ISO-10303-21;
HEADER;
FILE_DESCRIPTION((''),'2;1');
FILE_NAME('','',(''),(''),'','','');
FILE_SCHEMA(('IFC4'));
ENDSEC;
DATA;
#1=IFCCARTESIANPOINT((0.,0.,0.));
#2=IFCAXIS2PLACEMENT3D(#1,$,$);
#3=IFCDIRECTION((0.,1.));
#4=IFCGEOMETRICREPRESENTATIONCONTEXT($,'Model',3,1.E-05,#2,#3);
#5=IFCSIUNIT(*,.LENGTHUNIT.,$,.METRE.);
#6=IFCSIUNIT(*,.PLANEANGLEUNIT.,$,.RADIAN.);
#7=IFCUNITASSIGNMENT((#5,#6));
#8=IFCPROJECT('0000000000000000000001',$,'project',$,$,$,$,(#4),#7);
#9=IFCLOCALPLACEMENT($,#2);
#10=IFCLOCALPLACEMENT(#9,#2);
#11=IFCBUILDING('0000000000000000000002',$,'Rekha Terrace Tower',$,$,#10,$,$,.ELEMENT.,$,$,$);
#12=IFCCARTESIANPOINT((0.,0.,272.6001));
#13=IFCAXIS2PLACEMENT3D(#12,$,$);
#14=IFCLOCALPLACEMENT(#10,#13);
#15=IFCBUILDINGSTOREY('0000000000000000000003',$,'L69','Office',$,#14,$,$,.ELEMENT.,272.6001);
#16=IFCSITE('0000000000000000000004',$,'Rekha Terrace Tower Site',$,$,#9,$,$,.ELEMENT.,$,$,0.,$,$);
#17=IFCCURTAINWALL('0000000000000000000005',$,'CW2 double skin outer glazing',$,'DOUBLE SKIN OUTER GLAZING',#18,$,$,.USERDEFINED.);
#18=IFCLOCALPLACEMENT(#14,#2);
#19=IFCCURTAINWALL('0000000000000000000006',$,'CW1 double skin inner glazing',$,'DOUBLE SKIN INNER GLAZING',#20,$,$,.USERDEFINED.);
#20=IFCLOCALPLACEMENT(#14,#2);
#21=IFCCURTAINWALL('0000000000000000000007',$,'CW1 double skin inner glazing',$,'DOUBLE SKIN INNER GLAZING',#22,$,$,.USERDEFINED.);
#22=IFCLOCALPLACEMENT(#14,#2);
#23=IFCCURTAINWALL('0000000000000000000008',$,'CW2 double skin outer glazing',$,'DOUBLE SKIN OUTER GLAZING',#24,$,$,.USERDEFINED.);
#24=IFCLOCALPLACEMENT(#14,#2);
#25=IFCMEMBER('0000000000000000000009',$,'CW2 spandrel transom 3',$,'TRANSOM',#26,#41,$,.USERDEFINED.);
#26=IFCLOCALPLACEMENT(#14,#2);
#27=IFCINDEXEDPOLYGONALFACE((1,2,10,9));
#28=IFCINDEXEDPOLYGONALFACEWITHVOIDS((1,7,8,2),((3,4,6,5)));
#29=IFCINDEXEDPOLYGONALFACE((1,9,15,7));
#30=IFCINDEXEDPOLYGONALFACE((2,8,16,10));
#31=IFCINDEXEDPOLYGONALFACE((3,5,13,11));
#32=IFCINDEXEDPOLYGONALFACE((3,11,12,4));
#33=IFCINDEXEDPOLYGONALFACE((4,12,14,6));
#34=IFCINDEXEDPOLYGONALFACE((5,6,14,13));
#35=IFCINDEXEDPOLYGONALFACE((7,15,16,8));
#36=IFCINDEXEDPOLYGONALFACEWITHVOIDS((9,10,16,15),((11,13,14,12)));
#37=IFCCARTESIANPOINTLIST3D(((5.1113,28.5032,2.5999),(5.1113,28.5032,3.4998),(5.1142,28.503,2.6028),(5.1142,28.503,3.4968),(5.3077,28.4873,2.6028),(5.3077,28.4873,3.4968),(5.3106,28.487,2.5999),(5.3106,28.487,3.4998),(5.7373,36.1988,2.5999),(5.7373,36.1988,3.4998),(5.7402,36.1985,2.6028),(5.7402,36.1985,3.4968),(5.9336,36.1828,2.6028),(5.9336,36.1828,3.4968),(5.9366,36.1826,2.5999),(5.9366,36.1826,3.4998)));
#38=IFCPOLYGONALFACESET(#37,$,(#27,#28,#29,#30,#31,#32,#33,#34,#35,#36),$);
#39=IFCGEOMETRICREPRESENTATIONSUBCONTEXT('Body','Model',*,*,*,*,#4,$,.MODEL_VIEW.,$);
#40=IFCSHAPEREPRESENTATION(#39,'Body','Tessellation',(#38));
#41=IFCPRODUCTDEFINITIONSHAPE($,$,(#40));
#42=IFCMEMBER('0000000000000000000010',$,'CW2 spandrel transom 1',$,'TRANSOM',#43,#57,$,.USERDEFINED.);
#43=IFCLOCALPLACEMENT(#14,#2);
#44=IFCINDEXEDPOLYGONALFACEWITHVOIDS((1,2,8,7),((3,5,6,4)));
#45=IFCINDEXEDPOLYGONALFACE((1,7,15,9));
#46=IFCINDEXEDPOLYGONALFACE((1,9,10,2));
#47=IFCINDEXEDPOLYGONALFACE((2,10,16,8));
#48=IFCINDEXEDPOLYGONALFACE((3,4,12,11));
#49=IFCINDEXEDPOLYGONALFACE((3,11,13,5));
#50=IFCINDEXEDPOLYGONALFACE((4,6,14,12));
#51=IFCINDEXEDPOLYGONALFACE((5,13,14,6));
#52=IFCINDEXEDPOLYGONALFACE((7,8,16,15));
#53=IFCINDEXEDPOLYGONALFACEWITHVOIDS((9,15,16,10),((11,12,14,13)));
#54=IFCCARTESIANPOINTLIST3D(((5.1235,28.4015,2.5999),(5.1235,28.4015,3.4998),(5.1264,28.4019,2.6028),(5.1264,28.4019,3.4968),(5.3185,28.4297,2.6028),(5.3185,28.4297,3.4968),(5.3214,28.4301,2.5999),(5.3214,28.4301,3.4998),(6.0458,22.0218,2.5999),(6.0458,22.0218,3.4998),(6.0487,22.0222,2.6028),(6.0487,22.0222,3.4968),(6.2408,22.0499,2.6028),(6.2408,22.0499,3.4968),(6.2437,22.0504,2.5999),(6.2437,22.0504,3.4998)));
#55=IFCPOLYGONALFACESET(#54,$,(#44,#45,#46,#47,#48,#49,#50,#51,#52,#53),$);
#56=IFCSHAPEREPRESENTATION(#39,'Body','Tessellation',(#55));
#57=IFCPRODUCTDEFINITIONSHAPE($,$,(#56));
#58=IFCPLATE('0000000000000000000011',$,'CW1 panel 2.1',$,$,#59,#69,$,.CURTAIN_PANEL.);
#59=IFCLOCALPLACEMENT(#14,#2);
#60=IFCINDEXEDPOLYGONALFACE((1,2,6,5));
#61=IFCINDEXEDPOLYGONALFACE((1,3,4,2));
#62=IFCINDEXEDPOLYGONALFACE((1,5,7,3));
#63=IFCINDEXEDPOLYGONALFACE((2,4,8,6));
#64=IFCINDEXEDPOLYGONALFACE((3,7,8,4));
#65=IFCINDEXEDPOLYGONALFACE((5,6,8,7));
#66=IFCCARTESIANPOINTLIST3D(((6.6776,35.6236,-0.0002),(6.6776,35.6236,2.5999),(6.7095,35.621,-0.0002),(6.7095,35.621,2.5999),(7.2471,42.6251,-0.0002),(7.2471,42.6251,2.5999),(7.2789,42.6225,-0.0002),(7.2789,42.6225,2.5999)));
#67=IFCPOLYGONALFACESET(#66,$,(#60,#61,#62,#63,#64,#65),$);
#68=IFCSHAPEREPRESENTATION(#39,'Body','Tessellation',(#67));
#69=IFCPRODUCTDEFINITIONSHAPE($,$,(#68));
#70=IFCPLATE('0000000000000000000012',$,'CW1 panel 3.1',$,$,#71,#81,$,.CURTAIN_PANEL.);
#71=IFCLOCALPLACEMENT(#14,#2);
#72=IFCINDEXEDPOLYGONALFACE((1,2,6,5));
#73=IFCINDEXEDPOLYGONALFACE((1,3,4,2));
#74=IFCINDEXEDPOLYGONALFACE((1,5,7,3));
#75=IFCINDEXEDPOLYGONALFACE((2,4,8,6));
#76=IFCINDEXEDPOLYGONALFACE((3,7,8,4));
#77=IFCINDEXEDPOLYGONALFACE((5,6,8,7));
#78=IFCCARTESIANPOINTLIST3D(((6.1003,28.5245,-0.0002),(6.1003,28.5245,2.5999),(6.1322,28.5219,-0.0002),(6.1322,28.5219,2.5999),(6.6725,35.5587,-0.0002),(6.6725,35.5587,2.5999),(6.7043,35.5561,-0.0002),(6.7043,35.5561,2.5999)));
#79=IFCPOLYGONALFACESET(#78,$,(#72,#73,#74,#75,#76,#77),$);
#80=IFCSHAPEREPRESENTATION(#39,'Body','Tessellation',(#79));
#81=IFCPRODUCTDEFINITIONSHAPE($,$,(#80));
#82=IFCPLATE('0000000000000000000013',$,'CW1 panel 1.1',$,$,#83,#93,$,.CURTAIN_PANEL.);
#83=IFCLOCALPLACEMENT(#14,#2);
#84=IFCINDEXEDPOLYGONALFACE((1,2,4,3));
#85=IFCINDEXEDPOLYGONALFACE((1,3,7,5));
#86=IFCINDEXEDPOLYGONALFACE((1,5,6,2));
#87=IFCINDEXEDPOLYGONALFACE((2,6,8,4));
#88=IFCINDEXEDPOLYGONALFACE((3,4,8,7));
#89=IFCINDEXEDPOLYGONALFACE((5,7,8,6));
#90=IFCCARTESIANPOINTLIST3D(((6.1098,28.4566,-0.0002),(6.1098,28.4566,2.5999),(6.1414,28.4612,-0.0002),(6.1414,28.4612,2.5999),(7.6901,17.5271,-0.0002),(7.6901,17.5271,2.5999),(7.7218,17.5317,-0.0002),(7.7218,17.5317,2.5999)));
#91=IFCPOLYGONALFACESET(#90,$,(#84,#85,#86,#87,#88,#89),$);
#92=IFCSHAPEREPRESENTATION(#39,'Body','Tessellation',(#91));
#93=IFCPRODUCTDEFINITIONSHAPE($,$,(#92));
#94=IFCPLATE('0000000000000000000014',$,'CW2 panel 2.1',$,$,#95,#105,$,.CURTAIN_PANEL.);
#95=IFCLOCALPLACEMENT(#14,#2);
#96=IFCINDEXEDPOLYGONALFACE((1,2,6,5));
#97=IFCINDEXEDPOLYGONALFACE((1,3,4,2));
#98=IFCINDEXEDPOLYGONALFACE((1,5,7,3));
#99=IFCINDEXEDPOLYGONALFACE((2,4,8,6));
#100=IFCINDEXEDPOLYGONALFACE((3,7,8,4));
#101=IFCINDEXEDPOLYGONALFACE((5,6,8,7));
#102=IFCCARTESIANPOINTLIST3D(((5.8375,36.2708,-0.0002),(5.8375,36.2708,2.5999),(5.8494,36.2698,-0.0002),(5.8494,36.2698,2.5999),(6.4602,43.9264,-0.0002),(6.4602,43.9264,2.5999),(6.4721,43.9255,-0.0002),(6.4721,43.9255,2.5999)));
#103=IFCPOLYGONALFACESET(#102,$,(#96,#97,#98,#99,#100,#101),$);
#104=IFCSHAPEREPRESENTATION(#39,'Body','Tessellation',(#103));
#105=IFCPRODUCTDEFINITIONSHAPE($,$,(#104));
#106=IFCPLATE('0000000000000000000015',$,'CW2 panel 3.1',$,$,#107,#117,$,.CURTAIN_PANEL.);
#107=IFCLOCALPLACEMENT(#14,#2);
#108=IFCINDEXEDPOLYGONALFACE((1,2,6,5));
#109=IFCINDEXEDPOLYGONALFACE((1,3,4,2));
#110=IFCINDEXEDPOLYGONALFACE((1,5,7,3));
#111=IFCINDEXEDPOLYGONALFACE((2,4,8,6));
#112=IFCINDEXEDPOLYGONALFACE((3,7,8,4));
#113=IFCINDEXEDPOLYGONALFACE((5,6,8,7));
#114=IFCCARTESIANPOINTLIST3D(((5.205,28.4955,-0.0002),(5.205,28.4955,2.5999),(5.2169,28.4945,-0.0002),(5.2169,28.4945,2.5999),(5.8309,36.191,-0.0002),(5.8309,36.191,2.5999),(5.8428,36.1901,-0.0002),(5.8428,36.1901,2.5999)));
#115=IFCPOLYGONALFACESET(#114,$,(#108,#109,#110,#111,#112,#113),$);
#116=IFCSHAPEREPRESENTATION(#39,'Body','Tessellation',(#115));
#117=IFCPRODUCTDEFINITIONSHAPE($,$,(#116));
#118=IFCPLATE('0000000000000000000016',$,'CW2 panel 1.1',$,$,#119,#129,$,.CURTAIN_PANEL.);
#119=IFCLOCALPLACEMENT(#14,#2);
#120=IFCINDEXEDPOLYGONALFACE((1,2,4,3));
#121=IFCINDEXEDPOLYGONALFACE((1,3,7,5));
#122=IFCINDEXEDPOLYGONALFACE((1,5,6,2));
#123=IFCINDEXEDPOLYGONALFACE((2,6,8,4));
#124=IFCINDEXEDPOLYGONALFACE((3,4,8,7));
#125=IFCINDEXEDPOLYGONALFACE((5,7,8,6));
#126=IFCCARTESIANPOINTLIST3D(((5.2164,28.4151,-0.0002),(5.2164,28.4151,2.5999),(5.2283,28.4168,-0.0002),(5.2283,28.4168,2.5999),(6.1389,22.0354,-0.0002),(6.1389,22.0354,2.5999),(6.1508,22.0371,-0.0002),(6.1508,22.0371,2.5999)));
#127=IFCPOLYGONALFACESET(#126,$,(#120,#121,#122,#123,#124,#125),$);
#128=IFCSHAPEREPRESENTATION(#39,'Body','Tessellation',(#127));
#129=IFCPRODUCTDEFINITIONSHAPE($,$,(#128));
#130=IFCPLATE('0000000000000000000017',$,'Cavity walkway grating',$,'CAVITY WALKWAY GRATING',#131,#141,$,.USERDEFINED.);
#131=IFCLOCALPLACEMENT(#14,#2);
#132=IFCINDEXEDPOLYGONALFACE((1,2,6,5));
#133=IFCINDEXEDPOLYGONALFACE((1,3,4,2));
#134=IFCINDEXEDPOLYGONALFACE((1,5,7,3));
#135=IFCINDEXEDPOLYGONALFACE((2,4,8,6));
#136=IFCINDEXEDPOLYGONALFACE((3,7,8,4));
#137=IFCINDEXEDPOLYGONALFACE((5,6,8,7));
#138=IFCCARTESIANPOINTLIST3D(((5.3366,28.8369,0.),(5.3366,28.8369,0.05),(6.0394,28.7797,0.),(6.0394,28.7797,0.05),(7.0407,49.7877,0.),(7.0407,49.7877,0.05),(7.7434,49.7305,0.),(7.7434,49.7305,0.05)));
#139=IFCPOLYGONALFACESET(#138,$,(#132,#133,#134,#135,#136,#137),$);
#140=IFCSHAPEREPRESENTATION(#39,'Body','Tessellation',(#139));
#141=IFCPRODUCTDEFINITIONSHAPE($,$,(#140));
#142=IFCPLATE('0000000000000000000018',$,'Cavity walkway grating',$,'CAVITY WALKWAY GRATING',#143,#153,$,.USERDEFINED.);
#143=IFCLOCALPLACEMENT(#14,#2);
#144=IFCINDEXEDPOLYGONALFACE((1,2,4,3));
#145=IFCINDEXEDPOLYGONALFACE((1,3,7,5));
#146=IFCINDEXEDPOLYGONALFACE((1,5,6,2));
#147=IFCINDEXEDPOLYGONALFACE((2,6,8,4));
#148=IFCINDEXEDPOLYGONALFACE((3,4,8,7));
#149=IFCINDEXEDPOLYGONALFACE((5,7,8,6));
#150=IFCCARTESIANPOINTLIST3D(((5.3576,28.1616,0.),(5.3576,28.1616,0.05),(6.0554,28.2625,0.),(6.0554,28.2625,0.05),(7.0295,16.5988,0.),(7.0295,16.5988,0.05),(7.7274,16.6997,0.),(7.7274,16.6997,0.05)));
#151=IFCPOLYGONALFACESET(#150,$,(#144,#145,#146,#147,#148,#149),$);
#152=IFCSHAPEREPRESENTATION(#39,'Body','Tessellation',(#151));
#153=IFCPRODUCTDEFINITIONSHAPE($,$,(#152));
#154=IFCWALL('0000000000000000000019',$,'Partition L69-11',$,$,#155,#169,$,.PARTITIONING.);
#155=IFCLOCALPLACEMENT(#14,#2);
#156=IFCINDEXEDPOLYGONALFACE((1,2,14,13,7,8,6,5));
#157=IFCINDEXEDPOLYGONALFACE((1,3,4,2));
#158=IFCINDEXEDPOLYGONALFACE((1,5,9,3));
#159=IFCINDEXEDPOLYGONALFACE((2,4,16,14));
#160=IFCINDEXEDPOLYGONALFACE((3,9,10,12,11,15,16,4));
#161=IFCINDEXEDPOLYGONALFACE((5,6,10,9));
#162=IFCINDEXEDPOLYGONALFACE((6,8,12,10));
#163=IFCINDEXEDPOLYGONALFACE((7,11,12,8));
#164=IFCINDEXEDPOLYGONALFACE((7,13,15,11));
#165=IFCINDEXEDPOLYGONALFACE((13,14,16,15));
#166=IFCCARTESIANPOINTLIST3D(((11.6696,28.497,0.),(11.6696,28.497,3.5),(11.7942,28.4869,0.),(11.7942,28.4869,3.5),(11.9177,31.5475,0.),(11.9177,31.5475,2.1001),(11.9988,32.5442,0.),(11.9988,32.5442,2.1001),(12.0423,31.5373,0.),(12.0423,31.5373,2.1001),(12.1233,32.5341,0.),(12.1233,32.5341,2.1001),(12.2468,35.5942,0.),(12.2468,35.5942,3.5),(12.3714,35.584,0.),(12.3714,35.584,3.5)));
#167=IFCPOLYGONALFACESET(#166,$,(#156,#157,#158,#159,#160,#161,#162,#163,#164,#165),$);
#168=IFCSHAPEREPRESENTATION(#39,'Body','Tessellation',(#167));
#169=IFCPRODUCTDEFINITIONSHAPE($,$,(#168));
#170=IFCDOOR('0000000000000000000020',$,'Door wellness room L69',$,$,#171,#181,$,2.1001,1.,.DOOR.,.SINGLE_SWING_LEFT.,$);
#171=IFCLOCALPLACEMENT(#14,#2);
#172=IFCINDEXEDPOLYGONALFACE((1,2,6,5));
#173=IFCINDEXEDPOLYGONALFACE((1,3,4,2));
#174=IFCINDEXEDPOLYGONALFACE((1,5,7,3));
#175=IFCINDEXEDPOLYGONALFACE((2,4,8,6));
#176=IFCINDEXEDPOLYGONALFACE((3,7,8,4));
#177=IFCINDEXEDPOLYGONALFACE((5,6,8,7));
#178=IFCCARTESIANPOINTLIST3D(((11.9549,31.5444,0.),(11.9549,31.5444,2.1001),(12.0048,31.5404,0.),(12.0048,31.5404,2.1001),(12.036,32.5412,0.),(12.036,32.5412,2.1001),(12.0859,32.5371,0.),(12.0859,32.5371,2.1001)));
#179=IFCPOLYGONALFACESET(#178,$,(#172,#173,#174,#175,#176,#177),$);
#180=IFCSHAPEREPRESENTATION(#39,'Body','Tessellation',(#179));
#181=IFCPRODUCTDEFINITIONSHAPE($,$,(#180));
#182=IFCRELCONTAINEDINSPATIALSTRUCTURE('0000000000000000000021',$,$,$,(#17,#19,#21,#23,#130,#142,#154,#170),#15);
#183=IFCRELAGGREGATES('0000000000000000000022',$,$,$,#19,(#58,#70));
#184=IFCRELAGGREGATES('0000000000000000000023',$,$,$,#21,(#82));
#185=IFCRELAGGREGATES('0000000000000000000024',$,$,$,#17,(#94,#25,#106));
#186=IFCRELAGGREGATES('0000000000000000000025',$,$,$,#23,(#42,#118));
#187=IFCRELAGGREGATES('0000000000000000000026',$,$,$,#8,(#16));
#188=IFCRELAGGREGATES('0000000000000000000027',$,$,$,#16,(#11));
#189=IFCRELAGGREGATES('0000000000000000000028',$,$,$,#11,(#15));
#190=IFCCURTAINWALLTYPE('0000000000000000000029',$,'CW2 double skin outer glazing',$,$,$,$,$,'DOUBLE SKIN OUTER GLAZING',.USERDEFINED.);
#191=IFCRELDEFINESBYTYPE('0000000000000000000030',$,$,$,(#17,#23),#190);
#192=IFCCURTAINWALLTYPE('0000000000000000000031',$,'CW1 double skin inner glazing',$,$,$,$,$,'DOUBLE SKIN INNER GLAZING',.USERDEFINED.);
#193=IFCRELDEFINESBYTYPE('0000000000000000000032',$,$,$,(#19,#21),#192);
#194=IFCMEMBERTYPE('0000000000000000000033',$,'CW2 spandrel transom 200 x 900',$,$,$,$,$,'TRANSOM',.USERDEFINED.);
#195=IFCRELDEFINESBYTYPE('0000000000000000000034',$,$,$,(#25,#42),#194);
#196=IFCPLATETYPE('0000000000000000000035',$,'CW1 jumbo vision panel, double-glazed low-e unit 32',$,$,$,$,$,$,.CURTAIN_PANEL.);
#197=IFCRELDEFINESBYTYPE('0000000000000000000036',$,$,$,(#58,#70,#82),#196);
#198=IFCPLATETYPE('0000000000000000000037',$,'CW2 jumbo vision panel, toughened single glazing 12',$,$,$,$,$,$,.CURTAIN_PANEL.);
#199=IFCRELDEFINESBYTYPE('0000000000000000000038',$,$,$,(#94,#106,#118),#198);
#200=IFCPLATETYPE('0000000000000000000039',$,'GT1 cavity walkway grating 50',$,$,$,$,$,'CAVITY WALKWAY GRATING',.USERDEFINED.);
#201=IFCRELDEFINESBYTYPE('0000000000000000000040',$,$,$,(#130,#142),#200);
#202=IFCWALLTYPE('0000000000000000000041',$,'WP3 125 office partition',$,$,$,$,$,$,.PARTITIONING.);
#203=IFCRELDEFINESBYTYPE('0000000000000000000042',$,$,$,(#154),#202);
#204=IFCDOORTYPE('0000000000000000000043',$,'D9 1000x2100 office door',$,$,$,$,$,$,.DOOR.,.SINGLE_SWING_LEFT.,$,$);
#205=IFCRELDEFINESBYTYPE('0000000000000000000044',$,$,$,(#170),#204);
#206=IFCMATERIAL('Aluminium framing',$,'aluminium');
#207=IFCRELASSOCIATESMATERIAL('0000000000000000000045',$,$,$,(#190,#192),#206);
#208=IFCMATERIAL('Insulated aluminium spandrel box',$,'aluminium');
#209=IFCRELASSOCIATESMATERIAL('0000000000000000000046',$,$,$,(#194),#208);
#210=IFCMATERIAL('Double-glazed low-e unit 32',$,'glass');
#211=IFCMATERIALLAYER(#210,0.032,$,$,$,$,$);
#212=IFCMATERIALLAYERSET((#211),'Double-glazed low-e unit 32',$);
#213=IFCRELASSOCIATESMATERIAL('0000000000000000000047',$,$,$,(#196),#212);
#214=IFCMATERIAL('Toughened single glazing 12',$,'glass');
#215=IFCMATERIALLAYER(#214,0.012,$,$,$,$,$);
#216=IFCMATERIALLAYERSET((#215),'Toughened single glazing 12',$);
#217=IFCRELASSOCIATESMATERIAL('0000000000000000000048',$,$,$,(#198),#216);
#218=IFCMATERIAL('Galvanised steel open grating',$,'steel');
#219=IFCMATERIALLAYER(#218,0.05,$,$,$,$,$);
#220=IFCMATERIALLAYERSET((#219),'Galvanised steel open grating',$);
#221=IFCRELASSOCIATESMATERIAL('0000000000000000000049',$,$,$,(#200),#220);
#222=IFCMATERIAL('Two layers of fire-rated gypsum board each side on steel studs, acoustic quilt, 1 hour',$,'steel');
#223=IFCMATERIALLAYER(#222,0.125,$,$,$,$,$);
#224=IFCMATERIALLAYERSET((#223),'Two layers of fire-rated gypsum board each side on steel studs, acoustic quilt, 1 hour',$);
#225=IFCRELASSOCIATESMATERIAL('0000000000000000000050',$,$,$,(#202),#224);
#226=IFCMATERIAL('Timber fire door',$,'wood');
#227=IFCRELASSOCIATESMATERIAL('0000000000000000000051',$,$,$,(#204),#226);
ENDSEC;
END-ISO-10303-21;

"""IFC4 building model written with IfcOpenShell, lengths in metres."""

from ifc_helpers import new_model, si_unit, direction, frame, frame_2d, origin, origin_2d, place, context, subcontext, project, spatial, rectangle, hollow_rectangle, extrude, material, layer, layer_set, material_profile, profile_set, type_object, element, fill, aggregate, save


model = new_model("IFC4")

# Units and contexts
model_context = context("Model", 3, precision=1e-05, world=origin(), true_north=direction((0.0, 1.0)))
body_context = subcontext(model_context, "Body", "Model", "MODEL_VIEW")
ifc_project = project(units=[si_unit("LENGTHUNIT", "METRE"), si_unit("PLANEANGLEUNIT", "RADIAN")], contexts=[model_context])

# Site, building, storey
site_placement = place(None, origin())
site = spatial("IfcSite", under=ifc_project, at=site_placement, Name="Rekha Terrace Tower Site", CompositionType="ELEMENT", RefElevation=0.0)
building_placement = place(site_placement, origin())
building = spatial("IfcBuilding", under=site, at=building_placement, Name="Rekha Terrace Tower", CompositionType="ELEMENT")
storey_placement = place(building_placement, frame((0.0, 0.0, 272.6001)))
storey = spatial("IfcBuildingStorey", under=building, at=storey_placement, Name="L69", Description="Office", CompositionType="ELEMENT", Elevation=272.6001)

# Curtain walls
ifc_material_1 = material(Name="Aluminium framing", Category="aluminium")
curtain_wall_type_1 = type_object("IfcCurtainWallType", Name="CW2 double skin outer glazing", ElementType="DOUBLE SKIN OUTER GLAZING", PredefinedType="USERDEFINED", material=ifc_material_1)
curtain_wall_1_placement = place(storey_placement, origin())
curtain_wall_1 = element("IfcCurtainWall", 1, at=curtain_wall_1_placement, inside=storey, type_object=curtain_wall_type_1, Name="CW2 double skin outer glazing", ObjectType="DOUBLE SKIN OUTER GLAZING", PredefinedType="USERDEFINED")
curtain_wall_type_2 = type_object("IfcCurtainWallType", Name="CW1 double skin inner glazing", ElementType="DOUBLE SKIN INNER GLAZING", PredefinedType="USERDEFINED", material=ifc_material_1)
curtain_wall_2_placement = place(storey_placement, origin())
curtain_wall_2 = element("IfcCurtainWall", 2, at=curtain_wall_2_placement, inside=storey, type_object=curtain_wall_type_2, Name="CW1 double skin inner glazing", ObjectType="DOUBLE SKIN INNER GLAZING", PredefinedType="USERDEFINED")
curtain_wall_3_placement = place(storey_placement, origin())
curtain_wall_3 = element("IfcCurtainWall", 3, at=curtain_wall_3_placement, inside=storey, type_object=curtain_wall_type_2, Name="CW1 double skin inner glazing", ObjectType="DOUBLE SKIN INNER GLAZING", PredefinedType="USERDEFINED")

# Shared definitions
ifc_material_2 = material(Name="Insulated aluminium spandrel box", Category="aluminium")

# Curtain wall
curtain_wall_4_placement = place(storey_placement, origin())
curtain_wall_4 = element("IfcCurtainWall", 4, at=curtain_wall_4_placement, inside=storey, type_object=curtain_wall_type_1, Name="CW2 double skin outer glazing", ObjectType="DOUBLE SKIN OUTER GLAZING", PredefinedType="USERDEFINED")

# Members
ifc_material_profile_1 = material_profile(ifc_material_2, hollow_rectangle(XDim=0.2, YDim=0.8999, WallThickness=0.0029, at=origin_2d()), Name="AL SPANDREL BOX 200x900")
ifc_profile_set_1 = profile_set([ifc_material_profile_1], Name="Insulated aluminium spandrel box")
member_type_1 = type_object("IfcMemberType", Name="CW2 spandrel transom 200 x 900", ElementType="TRANSOM", PredefinedType="USERDEFINED", material=ifc_profile_set_1)
member_1_placement = place(storey_placement, frame((5.8369, 36.1907, 3.0498), z_axis=(-0.081075, -0.996708, 0.0), x_axis=(0.996708, -0.081075, 0.0)))
member_1 = element("IfcMember", 5, at=member_1_placement, type_object=member_type_1, Name="CW2 spandrel transom 3", ObjectType="TRANSOM", PredefinedType="USERDEFINED", context=body_context, shape_type="SweptSolid", body=[
    extrude(hollow_rectangle(XDim=0.2, YDim=0.8999, WallThickness=0.0029, at=origin_2d()), origin(), (0.0, 0.0, 1.0), 7.7209),
])
member_2_placement = place(storey_placement, frame((5.2224, 28.4158, 3.0498), z_axis=(0.143091, -0.989709, 0.0), x_axis=(0.989709, 0.143091, 0.0)))
member_2 = element("IfcMember", 6, at=member_2_placement, type_object=member_type_1, Name="CW2 spandrel transom 1", ObjectType="TRANSOM", PredefinedType="USERDEFINED", context=body_context, shape_type="SweptSolid", body=[
    extrude(hollow_rectangle(XDim=0.2, YDim=0.8999, WallThickness=0.0029, at=origin_2d()), origin(), (0.0, 0.0, 1.0), 6.446),
])

# Plates
ifc_material_3 = material(Name="Double-glazed low-e unit 32", Category="glass")
ifc_layer_1 = layer(ifc_material_3, 0.032)
ifc_layer_set_1 = layer_set([ifc_layer_1], Name="Double-glazed low-e unit 32")
plate_type_1 = type_object("IfcPlateType", Name="CW1 jumbo vision panel, double-glazed low-e unit 32", PredefinedType="CURTAIN_PANEL", material=ifc_layer_set_1)
plate_1_placement = place(storey_placement, frame((6.9783, 39.123, -0.0002), z_axis=(0.0, 0.0, 1.0), x_axis=(-0.081068, -0.996709, 0.0)))
plate_1 = element("IfcPlate", 7, at=plate_1_placement, type_object=plate_type_1, Name="CW1 panel 2.1", PredefinedType="CURTAIN_PANEL", context=body_context, shape_type="SweptSolid", body=[
    extrude(rectangle(XDim=7.0247, YDim=0.032, at=origin_2d()), origin(), (0.0, 0.0, 1.0), 2.6001),
])
plate_2_placement = place(storey_placement, frame((6.4023, 32.0403, -0.0002), z_axis=(0.0, 0.0, 1.0), x_axis=(-0.081068, -0.996709, 0.0)))
plate_2 = element("IfcPlate", 8, at=plate_2_placement, type_object=plate_type_1, Name="CW1 panel 3.1", PredefinedType="CURTAIN_PANEL", context=body_context, shape_type="SweptSolid", body=[
    extrude(rectangle(XDim=7.0574, YDim=0.032, at=origin_2d()), origin(), (0.0, 0.0, 1.0), 2.6001),
])
aggregate(curtain_wall_2, [plate_1, plate_2])
plate_3_placement = place(storey_placement, frame((6.9158, 22.9941, -0.0002), z_axis=(0.0, 0.0, 1.0), x_axis=(0.143108, -0.989707, 0.0)))
plate_3 = element("IfcPlate", 9, at=plate_3_placement, type_object=plate_type_1, Name="CW1 panel 1.1", PredefinedType="CURTAIN_PANEL", context=body_context, shape_type="SweptSolid", body=[
    extrude(rectangle(XDim=11.0432, YDim=0.032, at=origin_2d()), origin(), (0.0, 0.0, 1.0), 2.6001),
])
aggregate(curtain_wall_3, [plate_3])
ifc_material_4 = material(Name="Toughened single glazing 12", Category="glass")
ifc_layer_2 = layer(ifc_material_4, 0.012)
ifc_layer_set_2 = layer_set([ifc_layer_2], Name="Toughened single glazing 12")
plate_type_2 = type_object("IfcPlateType", Name="CW2 jumbo vision panel, toughened single glazing 12", PredefinedType="CURTAIN_PANEL", material=ifc_layer_set_2)
plate_4_placement = place(storey_placement, frame((6.1548, 40.0981, -0.0002), z_axis=(0.0, 0.0, 1.0), x_axis=(-0.081068, -0.996709, 0.0)))
plate_4 = element("IfcPlate", 10, at=plate_4_placement, type_object=plate_type_2, Name="CW2 panel 2.1", PredefinedType="CURTAIN_PANEL", context=body_context, shape_type="SweptSolid", body=[
    extrude(rectangle(XDim=7.6809, YDim=0.012, at=origin_2d()), origin(), (0.0, 0.0, 1.0), 2.6001),
])
plate_5_placement = place(storey_placement, frame((5.5239, 32.3428, -0.0002), z_axis=(0.0, 0.0, 1.0), x_axis=(-0.081068, -0.996709, 0.0)))
plate_5 = element("IfcPlate", 11, at=plate_5_placement, type_object=plate_type_2, Name="CW2 panel 3.1", PredefinedType="CURTAIN_PANEL", context=body_context, shape_type="SweptSolid", body=[
    extrude(rectangle(XDim=7.7209, YDim=0.012, at=origin_2d()), origin(), (0.0, 0.0, 1.0), 2.6001),
])
aggregate(curtain_wall_1, [plate_4, member_1, plate_5])
plate_6_placement = place(storey_placement, frame((5.6836, 25.2261, -0.0002), z_axis=(0.0, 0.0, 1.0), x_axis=(0.143108, -0.989707, 0.0)))
plate_6 = element("IfcPlate", 12, at=plate_6_placement, type_object=plate_type_2, Name="CW2 panel 1.1", PredefinedType="CURTAIN_PANEL", context=body_context, shape_type="SweptSolid", body=[
    extrude(rectangle(XDim=6.446, YDim=0.012, at=origin_2d()), origin(), (0.0, 0.0, 1.0), 2.6001),
])
aggregate(curtain_wall_4, [member_2, plate_6])

# Plates
ifc_material_5 = material(Name="Galvanised steel open grating", Category="steel")
ifc_layer_3 = layer(ifc_material_5, 0.05)
ifc_layer_set_3 = layer_set([ifc_layer_3], Name="Galvanised steel open grating")
plate_type_3 = type_object("IfcPlateType", Name="GT1 cavity walkway grating 50", ElementType="CAVITY WALKWAY GRATING", PredefinedType="USERDEFINED", material=ifc_layer_set_3)
plate_7_placement = place(storey_placement, frame((6.54, 39.2837, 0.0), z_axis=(0.0, 0.0, 1.0), x_axis=(-0.081068, -0.996709, 0.0)))
element("IfcPlate", 13, at=plate_7_placement, inside=storey, type_object=plate_type_3, Name="Cavity walkway grating", ObjectType="CAVITY WALKWAY GRATING", PredefinedType="USERDEFINED", context=body_context, shape_type="SweptSolid", body=[
    extrude(rectangle(XDim=21.02, YDim=0.7051, at=origin_2d()), origin(), (0.0, 0.0, 1.0), 0.05),
])
plate_8_placement = place(storey_placement, frame((6.5425, 22.4307, 0.0), z_axis=(0.0, 0.0, 1.0), x_axis=(0.143108, -0.989707, 0.0)))
element("IfcPlate", 14, at=plate_8_placement, inside=storey, type_object=plate_type_3, Name="Cavity walkway grating", ObjectType="CAVITY WALKWAY GRATING", PredefinedType="USERDEFINED", context=body_context, shape_type="SweptSolid", body=[
    extrude(rectangle(XDim=11.6831, YDim=0.7051, at=origin_2d()), origin(), (0.0, 0.0, 1.0), 0.05),
])

# Wall, opening, door
ifc_material_6 = material(Name="Two layers of fire-rated gypsum board each side on steel studs, acoustic quilt, 1 hour", Category="steel")
ifc_layer_4 = layer(ifc_material_6, 0.125)
ifc_layer_set_4 = layer_set([ifc_layer_4], Name="Two layers of fire-rated gypsum board each side on steel studs, acoustic quilt, 1 hour")
wall_type = type_object("IfcWallType", Name="WP3 125 office partition", PredefinedType="PARTITIONING", material=ifc_layer_set_4)
wall_1_placement = place(storey_placement, frame((12.3091, 35.5891, 0.0), z_axis=(0.0, 0.0, 1.0), x_axis=(-0.081053, -0.99671, 0.0)))
wall_1 = element("IfcWall", 15, at=wall_1_placement, inside=storey, type_object=wall_type, Name="Partition L69-11", PredefinedType="PARTITIONING", context=body_context, shape_type="SweptSolid", body=[
    extrude(rectangle(XDim=7.1206, YDim=0.125, at=frame_2d((3.5603, 0.0))), origin(), (0.0, 0.0, 1.0), 3.5),
])
opening_1_placement = place(wall_1_placement, frame((3.0601, 0.0, 0.0)))
opening_1 = element("IfcOpeningElement", 16, at=opening_1_placement, cuts=wall_1, PredefinedType="OPENING", context=body_context, shape_type="SweptSolid", body=[
    extrude(rectangle(XDim=1.0, YDim=2.1001, at=frame_2d((0.5, 1.05))), frame((0.0, 0.0725, 0.0), z_axis=(0.0, -1.0, 0.0), x_axis=(1.0, 0.0, 0.0)), (0.0, 0.0, 1.0), 0.145),
])
ifc_material_7 = material(Name="Timber fire door", Category="wood")
door_type = type_object("IfcDoorType", Name="D9 1000x2100 office door", OperationType="SINGLE_SWING_LEFT", PredefinedType="DOOR", material=ifc_material_7)
door_1_placement = place(opening_1_placement, origin())
door_1 = element("IfcDoor", 17, at=door_1_placement, inside=storey, type_object=door_type, Name="Door wellness room L69", OperationType="SINGLE_SWING_LEFT", OverallHeight=2.1001, OverallWidth=1.0, PredefinedType="DOOR", context=body_context, shape_type="SweptSolid", body=[
    extrude(rectangle(XDim=1.0, YDim=2.1001, at=frame_2d((0.5, 1.05))), frame((0.0, 0.0249, 0.0), z_axis=(0.0, -1.0, 0.0), x_axis=(1.0, 0.0, 0.0)), (0.0, 0.0, 1.0), 0.05),
])
fill(opening_1, door_1)

save(model, "model.ifc")
